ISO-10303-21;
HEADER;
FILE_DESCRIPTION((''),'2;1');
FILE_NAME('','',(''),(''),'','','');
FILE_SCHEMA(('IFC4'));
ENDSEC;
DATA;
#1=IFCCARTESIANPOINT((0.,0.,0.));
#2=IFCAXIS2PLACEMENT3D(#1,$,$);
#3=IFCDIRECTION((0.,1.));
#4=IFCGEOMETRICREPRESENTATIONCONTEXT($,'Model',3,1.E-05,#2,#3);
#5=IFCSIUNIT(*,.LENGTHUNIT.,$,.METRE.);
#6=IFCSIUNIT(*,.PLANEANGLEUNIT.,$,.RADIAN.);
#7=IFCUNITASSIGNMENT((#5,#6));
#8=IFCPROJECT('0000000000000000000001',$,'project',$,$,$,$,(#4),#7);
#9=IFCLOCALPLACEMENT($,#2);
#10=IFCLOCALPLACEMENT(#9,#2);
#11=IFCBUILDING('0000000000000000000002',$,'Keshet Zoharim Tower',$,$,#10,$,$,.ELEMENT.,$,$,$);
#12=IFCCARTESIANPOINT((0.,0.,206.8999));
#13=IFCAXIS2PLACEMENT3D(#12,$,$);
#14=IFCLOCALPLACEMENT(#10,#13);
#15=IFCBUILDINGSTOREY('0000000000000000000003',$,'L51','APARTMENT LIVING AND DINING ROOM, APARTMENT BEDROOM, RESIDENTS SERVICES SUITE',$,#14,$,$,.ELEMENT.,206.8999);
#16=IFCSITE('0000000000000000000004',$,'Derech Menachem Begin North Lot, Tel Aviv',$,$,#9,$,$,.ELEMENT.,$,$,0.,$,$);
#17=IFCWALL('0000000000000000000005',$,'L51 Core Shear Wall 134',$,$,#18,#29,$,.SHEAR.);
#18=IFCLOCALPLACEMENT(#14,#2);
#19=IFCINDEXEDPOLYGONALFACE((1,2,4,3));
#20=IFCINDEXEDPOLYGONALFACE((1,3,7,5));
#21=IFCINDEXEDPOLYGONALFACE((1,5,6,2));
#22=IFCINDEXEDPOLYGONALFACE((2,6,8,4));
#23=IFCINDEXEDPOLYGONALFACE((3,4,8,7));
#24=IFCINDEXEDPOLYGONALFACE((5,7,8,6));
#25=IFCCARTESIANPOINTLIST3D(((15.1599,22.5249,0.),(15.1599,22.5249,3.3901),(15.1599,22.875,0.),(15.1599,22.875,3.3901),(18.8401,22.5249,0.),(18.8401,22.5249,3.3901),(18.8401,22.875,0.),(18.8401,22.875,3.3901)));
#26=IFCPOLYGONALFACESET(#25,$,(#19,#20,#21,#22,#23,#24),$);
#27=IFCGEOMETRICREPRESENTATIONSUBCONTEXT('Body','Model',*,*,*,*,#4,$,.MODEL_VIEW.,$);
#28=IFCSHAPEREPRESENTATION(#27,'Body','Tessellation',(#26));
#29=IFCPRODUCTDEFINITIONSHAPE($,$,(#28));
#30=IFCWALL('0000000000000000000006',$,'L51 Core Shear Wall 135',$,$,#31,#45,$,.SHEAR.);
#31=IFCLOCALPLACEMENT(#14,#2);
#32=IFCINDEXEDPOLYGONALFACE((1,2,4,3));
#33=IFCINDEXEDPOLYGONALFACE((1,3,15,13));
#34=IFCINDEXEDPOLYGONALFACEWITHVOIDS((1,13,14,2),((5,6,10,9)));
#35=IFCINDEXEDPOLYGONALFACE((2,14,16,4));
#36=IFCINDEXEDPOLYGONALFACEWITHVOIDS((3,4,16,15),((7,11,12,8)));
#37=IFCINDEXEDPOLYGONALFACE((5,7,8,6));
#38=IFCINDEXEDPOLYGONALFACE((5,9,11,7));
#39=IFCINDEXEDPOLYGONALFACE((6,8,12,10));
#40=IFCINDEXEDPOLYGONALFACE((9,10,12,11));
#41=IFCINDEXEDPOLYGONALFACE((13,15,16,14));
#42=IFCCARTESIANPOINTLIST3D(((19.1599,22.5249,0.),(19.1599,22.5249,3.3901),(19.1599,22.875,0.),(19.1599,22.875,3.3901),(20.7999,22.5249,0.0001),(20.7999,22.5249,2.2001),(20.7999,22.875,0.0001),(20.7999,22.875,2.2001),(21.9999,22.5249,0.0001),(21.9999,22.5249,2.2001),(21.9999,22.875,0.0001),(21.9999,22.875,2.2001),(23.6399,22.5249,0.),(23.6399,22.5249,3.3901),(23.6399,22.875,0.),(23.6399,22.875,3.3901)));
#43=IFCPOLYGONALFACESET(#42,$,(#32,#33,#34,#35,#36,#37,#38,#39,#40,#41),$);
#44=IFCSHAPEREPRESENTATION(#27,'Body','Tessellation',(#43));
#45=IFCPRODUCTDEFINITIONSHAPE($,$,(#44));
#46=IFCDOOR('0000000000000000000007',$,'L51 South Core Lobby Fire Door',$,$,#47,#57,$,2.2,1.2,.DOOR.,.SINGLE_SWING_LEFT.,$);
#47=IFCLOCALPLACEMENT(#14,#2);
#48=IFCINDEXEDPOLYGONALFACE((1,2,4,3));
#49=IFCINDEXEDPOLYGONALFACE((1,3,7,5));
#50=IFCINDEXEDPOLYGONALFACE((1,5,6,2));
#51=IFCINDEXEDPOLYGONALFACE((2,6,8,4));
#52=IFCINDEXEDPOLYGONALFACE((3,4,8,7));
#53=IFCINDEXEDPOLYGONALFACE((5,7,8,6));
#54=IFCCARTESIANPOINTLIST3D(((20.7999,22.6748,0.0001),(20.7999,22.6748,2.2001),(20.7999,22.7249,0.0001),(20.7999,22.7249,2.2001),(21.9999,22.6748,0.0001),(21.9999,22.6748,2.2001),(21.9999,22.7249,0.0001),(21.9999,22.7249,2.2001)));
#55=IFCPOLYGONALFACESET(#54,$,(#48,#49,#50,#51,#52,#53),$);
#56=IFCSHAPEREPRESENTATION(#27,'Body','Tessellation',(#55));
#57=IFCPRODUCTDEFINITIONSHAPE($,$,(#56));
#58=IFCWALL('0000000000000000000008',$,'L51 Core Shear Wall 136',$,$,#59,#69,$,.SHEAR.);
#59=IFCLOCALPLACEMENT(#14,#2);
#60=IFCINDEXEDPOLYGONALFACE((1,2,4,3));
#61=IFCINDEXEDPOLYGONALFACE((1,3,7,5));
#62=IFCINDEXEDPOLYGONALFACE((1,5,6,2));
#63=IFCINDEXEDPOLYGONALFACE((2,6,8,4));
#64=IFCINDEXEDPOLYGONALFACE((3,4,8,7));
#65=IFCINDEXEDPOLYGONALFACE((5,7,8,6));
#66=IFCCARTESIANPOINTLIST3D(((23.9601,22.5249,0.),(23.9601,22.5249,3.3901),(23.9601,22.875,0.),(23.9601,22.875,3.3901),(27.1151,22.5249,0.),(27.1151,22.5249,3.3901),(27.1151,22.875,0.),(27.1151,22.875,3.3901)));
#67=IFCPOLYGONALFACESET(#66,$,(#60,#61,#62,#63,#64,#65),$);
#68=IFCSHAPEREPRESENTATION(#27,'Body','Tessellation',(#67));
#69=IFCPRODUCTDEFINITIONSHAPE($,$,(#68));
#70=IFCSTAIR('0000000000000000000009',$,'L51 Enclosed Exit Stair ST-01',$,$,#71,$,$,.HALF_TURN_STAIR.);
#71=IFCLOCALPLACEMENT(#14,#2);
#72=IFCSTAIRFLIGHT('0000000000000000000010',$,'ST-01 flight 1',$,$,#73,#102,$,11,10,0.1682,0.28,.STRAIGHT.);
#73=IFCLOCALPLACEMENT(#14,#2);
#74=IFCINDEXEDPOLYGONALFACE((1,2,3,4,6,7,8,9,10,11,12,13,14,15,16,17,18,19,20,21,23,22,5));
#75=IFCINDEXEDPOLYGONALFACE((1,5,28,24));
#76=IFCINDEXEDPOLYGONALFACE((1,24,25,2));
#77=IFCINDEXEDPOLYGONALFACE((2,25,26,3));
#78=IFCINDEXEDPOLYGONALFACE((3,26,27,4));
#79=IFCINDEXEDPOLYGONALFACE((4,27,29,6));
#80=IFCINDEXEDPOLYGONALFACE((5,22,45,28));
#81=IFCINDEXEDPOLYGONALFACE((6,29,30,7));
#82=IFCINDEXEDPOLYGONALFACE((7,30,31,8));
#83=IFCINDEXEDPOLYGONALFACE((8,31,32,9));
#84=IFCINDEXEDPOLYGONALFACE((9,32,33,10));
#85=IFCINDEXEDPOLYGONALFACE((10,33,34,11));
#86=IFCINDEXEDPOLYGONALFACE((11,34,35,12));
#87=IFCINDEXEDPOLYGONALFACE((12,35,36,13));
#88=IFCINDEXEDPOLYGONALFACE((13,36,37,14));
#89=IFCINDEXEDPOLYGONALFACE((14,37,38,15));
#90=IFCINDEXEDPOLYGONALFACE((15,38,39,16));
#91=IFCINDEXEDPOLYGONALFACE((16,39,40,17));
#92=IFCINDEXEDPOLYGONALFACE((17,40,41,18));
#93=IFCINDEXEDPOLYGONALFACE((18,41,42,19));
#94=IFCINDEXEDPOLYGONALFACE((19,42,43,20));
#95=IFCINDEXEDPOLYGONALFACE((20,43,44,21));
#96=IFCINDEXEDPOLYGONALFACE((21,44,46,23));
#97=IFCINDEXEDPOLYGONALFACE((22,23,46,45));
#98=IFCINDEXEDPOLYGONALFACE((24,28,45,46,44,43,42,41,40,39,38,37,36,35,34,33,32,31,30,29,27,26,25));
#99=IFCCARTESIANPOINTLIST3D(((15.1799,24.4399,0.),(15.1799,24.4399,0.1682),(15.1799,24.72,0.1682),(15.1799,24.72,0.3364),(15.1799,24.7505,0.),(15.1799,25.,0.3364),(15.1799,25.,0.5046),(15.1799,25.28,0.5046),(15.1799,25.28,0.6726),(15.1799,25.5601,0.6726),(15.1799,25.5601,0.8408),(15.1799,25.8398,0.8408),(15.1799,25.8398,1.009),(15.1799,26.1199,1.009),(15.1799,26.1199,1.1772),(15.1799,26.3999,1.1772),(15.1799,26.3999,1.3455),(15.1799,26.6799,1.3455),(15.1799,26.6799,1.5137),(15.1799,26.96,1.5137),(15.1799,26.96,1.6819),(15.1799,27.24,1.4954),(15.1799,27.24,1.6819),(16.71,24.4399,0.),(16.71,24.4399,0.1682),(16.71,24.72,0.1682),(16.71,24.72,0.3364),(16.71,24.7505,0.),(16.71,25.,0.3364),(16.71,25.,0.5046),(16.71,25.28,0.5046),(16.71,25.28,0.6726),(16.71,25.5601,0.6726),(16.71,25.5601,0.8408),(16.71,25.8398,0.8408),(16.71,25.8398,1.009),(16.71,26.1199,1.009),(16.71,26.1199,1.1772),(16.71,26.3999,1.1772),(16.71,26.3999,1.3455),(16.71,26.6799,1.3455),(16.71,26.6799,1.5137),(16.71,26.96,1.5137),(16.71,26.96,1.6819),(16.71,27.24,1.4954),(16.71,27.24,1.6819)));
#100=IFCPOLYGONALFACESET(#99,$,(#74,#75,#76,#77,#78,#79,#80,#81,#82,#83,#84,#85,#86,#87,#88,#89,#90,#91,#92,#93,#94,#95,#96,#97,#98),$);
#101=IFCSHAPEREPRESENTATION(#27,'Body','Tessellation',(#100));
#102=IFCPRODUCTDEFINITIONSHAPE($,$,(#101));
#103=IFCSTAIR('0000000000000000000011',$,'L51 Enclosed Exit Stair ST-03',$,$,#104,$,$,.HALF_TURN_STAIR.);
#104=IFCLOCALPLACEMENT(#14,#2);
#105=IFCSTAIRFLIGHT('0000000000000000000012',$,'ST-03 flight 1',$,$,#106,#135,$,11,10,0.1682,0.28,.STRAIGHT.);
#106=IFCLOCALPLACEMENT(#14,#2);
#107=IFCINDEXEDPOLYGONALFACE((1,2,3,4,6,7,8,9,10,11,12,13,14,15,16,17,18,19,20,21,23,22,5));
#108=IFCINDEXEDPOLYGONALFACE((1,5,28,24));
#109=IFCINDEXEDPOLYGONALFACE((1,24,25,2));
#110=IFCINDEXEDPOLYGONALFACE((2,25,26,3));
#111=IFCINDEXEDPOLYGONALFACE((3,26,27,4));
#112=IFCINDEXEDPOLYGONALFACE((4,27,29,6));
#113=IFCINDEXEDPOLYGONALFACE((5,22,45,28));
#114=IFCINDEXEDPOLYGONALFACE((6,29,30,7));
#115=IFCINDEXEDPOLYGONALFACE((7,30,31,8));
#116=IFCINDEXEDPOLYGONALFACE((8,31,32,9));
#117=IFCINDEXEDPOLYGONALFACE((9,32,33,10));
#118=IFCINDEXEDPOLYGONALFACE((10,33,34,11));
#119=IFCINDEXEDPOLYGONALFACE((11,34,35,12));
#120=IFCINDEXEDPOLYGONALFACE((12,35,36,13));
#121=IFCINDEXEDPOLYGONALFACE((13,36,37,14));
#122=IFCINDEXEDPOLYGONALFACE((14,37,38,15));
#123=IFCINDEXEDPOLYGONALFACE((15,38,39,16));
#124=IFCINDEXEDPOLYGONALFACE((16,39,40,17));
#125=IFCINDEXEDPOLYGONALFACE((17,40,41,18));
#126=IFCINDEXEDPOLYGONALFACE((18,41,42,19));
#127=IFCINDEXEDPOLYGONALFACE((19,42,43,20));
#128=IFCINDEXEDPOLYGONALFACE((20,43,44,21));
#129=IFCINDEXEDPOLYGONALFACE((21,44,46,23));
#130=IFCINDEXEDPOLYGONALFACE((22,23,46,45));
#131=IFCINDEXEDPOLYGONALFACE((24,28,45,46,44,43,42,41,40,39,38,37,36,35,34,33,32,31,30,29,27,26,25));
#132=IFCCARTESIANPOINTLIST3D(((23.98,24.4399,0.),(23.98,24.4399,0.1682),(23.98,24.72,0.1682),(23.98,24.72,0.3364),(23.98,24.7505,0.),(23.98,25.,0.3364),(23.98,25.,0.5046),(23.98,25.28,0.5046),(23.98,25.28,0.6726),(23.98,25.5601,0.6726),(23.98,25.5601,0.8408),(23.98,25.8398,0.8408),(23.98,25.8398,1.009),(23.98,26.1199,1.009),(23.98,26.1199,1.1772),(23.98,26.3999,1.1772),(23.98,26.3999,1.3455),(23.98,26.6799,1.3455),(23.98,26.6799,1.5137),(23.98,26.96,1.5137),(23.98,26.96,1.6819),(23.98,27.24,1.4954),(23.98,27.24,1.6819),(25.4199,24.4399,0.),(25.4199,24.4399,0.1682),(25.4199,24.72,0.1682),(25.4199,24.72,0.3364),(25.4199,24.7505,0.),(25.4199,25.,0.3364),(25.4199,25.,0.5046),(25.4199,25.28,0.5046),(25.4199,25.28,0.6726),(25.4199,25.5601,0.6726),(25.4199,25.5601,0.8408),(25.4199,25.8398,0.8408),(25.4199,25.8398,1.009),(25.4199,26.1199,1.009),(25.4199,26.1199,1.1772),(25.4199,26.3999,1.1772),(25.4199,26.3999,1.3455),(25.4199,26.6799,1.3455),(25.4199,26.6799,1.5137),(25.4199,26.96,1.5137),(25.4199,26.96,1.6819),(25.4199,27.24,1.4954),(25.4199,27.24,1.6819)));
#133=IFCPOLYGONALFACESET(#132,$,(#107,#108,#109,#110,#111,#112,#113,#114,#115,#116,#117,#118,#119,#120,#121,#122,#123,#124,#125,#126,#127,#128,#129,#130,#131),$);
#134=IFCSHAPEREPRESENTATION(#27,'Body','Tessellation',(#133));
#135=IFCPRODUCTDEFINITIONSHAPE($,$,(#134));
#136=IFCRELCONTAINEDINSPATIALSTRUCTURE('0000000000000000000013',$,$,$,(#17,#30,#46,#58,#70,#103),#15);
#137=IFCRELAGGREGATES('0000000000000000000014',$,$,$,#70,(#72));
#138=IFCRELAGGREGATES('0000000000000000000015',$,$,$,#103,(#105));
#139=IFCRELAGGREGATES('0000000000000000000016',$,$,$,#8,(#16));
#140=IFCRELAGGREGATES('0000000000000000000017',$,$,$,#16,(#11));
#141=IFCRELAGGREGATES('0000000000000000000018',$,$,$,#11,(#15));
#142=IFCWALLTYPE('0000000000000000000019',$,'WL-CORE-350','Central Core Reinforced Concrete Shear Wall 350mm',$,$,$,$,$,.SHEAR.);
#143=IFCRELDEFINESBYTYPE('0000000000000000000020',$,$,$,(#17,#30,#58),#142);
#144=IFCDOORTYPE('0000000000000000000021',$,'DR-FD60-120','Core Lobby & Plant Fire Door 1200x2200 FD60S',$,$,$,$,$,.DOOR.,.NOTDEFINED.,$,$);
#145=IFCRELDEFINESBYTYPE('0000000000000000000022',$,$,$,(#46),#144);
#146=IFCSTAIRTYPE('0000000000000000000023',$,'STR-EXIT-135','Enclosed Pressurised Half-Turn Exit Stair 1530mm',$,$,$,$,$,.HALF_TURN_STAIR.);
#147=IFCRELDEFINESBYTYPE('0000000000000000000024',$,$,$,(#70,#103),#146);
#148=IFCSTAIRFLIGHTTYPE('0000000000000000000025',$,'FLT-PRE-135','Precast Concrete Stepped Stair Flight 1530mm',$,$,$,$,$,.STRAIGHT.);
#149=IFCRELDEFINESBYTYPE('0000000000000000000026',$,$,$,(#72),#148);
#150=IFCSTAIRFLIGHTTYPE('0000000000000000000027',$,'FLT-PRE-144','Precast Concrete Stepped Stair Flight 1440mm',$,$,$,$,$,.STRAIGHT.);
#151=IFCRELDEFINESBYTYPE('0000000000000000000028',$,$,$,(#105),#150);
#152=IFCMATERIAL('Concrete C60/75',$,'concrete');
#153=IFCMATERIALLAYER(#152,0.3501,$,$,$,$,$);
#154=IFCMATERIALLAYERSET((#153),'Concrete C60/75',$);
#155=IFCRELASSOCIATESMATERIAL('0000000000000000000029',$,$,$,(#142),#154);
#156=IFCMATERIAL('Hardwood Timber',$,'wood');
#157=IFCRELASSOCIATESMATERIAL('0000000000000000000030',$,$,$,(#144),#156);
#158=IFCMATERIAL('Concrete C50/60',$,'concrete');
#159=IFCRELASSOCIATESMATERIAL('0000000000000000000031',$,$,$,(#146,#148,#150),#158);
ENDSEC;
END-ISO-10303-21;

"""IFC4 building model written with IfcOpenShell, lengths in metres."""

from ifc_helpers import new_model, si_unit, direction, frame, frame_2d, origin, place, context, subcontext, project, spatial, polyline, rectangle, outline, extrude, material, layer, layer_set, type_object, element, fill, aggregate, save


model = new_model("IFC4")

# Units and contexts
model_context = context("Model", 3, precision=1e-05, world=origin(), true_north=direction((0.0, 1.0)))
body_context = subcontext(model_context, "Body", "Model", "MODEL_VIEW")
ifc_project = project(units=[si_unit("LENGTHUNIT", "METRE"), si_unit("PLANEANGLEUNIT", "RADIAN")], contexts=[model_context])

# Site, building, storey
site_placement = place(None, origin())
site = spatial("IfcSite", under=ifc_project, at=site_placement, Name="Derech Menachem Begin North Lot, Tel Aviv", CompositionType="ELEMENT", RefElevation=0.0)
building_placement = place(site_placement, origin())
building = spatial("IfcBuilding", under=site, at=building_placement, Name="Keshet Zoharim Tower", CompositionType="ELEMENT")
storey_placement = place(building_placement, frame((0.0, 0.0, 206.8999)))
storey = spatial("IfcBuildingStorey", under=building, at=storey_placement, Name="L51", Description="APARTMENT LIVING AND DINING ROOM, APARTMENT BEDROOM, RESIDENTS SERVICES SUITE", CompositionType="ELEMENT", Elevation=206.8999)

# Shared definitions
ifc_material_1 = material(Name="Concrete C60/75", Category="concrete")
ifc_layer_1 = layer(ifc_material_1, 0.3501)
ifc_layer_set_1 = layer_set([ifc_layer_1], Name="Concrete C60/75")
wall_type_1 = type_object("IfcWallType", Name="WL-CORE-350", Description="Central Core Reinforced Concrete Shear Wall 350mm", PredefinedType="SHEAR", material=ifc_layer_set_1)
ifc_material_2 = material(Name="Hardwood Timber", Category="wood")

# Wall
wall_1_placement = place(storey_placement, frame((15.1599, 22.7, 0.0), z_axis=(0.0, 0.0, 1.0), x_axis=(1.0, 0.0, 0.0)))
element("IfcWall", 1, at=wall_1_placement, inside=storey, type_object=wall_type_1, Name="L51 Core Shear Wall 134", PredefinedType="SHEAR", context=body_context, shape_type="SweptSolid", body=[
    extrude(rectangle(XDim=3.6802, YDim=0.3501, at=frame_2d((1.8401, 0.0))), origin(), (0.0, 0.0, 1.0), 3.3901),
])

# Wall, opening, door
wall_2_placement = place(storey_placement, frame((19.1599, 22.7, 0.0), z_axis=(0.0, 0.0, 1.0), x_axis=(1.0, 0.0, 0.0)))
wall_2 = element("IfcWall", 2, at=wall_2_placement, inside=storey, type_object=wall_type_1, Name="L51 Core Shear Wall 135", PredefinedType="SHEAR", context=body_context, shape_type="SweptSolid", body=[
    extrude(rectangle(XDim=4.48, YDim=0.3501, at=frame_2d((2.24, 0.0))), origin(), (0.0, 0.0, 1.0), 3.3901),
])
opening_1_placement = place(wall_2_placement, frame((1.6399, 0.0, 0.0)))
opening_1 = element("IfcOpeningElement", 3, at=opening_1_placement, cuts=wall_2, PredefinedType="OPENING", context=body_context, shape_type="SweptSolid", body=[
    extrude(rectangle(XDim=1.2, YDim=2.2, at=frame_2d((0.6001, 1.1001))), frame((0.0, 0.1851, 0.0), z_axis=(0.0, -1.0, 0.0), x_axis=(1.0, 0.0, 0.0)), (0.0, 0.0, 1.0), 0.3701),
])
door_type_1 = type_object("IfcDoorType", Name="DR-FD60-120", Description="Core Lobby & Plant Fire Door 1200x2200 FD60S", OperationType="NOTDEFINED", PredefinedType="DOOR", material=ifc_material_2)
door_1_placement = place(opening_1_placement, origin())
door_1 = element("IfcDoor", 4, at=door_1_placement, inside=storey, type_object=door_type_1, Name="L51 South Core Lobby Fire Door", OperationType="SINGLE_SWING_LEFT", OverallHeight=2.2, OverallWidth=1.2, PredefinedType="DOOR", context=body_context, shape_type="SweptSolid", body=[
    extrude(rectangle(XDim=1.2, YDim=2.2, at=frame_2d((0.6001, 1.1001))), frame((0.0, 0.0249, 0.0), z_axis=(0.0, -1.0, 0.0), x_axis=(1.0, 0.0, 0.0)), (0.0, 0.0, 1.0), 0.05),
])
fill(opening_1, door_1)

# Wall
wall_3_placement = place(storey_placement, frame((23.96, 22.7, 0.0), z_axis=(0.0, 0.0, 1.0), x_axis=(1.0, 0.0, 0.0)))
element("IfcWall", 5, at=wall_3_placement, inside=storey, type_object=wall_type_1, Name="L51 Core Shear Wall 136", PredefinedType="SHEAR", context=body_context, shape_type="SweptSolid", body=[
    extrude(rectangle(XDim=3.155, YDim=0.3501, at=frame_2d((1.5776, 0.0))), origin(), (0.0, 0.0, 1.0), 3.3901),
])

# Shared definitions
ifc_material_3 = material(Name="Concrete C50/60", Category="concrete")

# Stairs, stair flights
stair_type = type_object("IfcStairType", Name="STR-EXIT-135", Description="Enclosed Pressurised Half-Turn Exit Stair 1530mm", PredefinedType="HALF_TURN_STAIR", material=ifc_material_3)
stair_1_placement = place(storey_placement, origin())
stair_1 = element("IfcStair", 6, at=stair_1_placement, inside=storey, type_object=stair_type, Name="L51 Enclosed Exit Stair ST-01", PredefinedType="HALF_TURN_STAIR")
stair_flight_type_1 = type_object("IfcStairFlightType", Name="FLT-PRE-135", Description="Precast Concrete Stepped Stair Flight 1530mm", PredefinedType="STRAIGHT", material=ifc_material_3)
stair_flight_1_placement = place(storey_placement, frame((15.9451, 24.4399, 0.0), z_axis=(0.0, 0.0, 1.0), x_axis=(0.0, 1.0, 0.0)))
stair_flight_1 = element("IfcStairFlight", 7, at=stair_flight_1_placement, type_object=stair_flight_type_1, Name="ST-01 flight 1", NumberOfRisers=11, NumberOfTreads=10, PredefinedType="STRAIGHT", RiserHeight=0.1682, TreadLength=0.28, context=body_context, shape_type="SweptSolid", body=[
    extrude(outline(polyline([(0.0, 0.0), (0.0, 0.1682), (0.28, 0.1682), (0.28, 0.3364), (0.5601, 0.3364), (0.5601, 0.5046), (0.8401, 0.5046), (0.8401, 0.6726), (1.1201, 0.6726), (1.1201, 0.8408), (1.3999, 0.8408), (1.3999, 1.009), (1.6799, 1.009), (1.6799, 1.1772), (1.96, 1.1772), (1.96, 1.3455), (2.24, 1.3455), (2.24, 1.5137), (2.52, 1.5137), (2.52, 1.6819), (2.8, 1.6819), (2.8, 1.8501), (2.8, 1.4954), (0.3105, 0.0), (0.0, 0.0)])), frame((0.0, 0.7651, 0.0), z_axis=(0.0, -1.0, 0.0), x_axis=(1.0, 0.0, 0.0)), (0.0, 0.0, 1.0), 1.53),
])
aggregate(stair_1, [stair_flight_1])
stair_2_placement = place(storey_placement, origin())
stair_2 = element("IfcStair", 8, at=stair_2_placement, inside=storey, type_object=stair_type, Name="L51 Enclosed Exit Stair ST-03", PredefinedType="HALF_TURN_STAIR")
stair_flight_type_2 = type_object("IfcStairFlightType", Name="FLT-PRE-144", Description="Precast Concrete Stepped Stair Flight 1440mm", PredefinedType="STRAIGHT", material=ifc_material_3)
stair_flight_2_placement = place(storey_placement, frame((24.7, 24.4399, 0.0), z_axis=(0.0, 0.0, 1.0), x_axis=(0.0, 1.0, 0.0)))
stair_flight_2 = element("IfcStairFlight", 9, at=stair_flight_2_placement, type_object=stair_flight_type_2, Name="ST-03 flight 1", NumberOfRisers=11, NumberOfTreads=10, PredefinedType="STRAIGHT", RiserHeight=0.1682, TreadLength=0.28, context=body_context, shape_type="SweptSolid", body=[
    extrude(outline(polyline([(0.0, 0.0), (0.0, 0.1682), (0.28, 0.1682), (0.28, 0.3364), (0.5601, 0.3364), (0.5601, 0.5046), (0.8401, 0.5046), (0.8401, 0.6726), (1.1201, 0.6726), (1.1201, 0.8408), (1.3999, 0.8408), (1.3999, 1.009), (1.6799, 1.009), (1.6799, 1.1772), (1.96, 1.1772), (1.96, 1.3455), (2.24, 1.3455), (2.24, 1.5137), (2.52, 1.5137), (2.52, 1.6819), (2.8, 1.6819), (2.8, 1.8501), (2.8, 1.4954), (0.3105, 0.0), (0.0, 0.0)])), frame((0.0, 0.72, 0.0), z_axis=(0.0, -1.0, 0.0), x_axis=(1.0, 0.0, 0.0)), (0.0, 0.0, 1.0), 1.4399),
])
aggregate(stair_2, [stair_flight_2])

save(model, "model.ifc")
